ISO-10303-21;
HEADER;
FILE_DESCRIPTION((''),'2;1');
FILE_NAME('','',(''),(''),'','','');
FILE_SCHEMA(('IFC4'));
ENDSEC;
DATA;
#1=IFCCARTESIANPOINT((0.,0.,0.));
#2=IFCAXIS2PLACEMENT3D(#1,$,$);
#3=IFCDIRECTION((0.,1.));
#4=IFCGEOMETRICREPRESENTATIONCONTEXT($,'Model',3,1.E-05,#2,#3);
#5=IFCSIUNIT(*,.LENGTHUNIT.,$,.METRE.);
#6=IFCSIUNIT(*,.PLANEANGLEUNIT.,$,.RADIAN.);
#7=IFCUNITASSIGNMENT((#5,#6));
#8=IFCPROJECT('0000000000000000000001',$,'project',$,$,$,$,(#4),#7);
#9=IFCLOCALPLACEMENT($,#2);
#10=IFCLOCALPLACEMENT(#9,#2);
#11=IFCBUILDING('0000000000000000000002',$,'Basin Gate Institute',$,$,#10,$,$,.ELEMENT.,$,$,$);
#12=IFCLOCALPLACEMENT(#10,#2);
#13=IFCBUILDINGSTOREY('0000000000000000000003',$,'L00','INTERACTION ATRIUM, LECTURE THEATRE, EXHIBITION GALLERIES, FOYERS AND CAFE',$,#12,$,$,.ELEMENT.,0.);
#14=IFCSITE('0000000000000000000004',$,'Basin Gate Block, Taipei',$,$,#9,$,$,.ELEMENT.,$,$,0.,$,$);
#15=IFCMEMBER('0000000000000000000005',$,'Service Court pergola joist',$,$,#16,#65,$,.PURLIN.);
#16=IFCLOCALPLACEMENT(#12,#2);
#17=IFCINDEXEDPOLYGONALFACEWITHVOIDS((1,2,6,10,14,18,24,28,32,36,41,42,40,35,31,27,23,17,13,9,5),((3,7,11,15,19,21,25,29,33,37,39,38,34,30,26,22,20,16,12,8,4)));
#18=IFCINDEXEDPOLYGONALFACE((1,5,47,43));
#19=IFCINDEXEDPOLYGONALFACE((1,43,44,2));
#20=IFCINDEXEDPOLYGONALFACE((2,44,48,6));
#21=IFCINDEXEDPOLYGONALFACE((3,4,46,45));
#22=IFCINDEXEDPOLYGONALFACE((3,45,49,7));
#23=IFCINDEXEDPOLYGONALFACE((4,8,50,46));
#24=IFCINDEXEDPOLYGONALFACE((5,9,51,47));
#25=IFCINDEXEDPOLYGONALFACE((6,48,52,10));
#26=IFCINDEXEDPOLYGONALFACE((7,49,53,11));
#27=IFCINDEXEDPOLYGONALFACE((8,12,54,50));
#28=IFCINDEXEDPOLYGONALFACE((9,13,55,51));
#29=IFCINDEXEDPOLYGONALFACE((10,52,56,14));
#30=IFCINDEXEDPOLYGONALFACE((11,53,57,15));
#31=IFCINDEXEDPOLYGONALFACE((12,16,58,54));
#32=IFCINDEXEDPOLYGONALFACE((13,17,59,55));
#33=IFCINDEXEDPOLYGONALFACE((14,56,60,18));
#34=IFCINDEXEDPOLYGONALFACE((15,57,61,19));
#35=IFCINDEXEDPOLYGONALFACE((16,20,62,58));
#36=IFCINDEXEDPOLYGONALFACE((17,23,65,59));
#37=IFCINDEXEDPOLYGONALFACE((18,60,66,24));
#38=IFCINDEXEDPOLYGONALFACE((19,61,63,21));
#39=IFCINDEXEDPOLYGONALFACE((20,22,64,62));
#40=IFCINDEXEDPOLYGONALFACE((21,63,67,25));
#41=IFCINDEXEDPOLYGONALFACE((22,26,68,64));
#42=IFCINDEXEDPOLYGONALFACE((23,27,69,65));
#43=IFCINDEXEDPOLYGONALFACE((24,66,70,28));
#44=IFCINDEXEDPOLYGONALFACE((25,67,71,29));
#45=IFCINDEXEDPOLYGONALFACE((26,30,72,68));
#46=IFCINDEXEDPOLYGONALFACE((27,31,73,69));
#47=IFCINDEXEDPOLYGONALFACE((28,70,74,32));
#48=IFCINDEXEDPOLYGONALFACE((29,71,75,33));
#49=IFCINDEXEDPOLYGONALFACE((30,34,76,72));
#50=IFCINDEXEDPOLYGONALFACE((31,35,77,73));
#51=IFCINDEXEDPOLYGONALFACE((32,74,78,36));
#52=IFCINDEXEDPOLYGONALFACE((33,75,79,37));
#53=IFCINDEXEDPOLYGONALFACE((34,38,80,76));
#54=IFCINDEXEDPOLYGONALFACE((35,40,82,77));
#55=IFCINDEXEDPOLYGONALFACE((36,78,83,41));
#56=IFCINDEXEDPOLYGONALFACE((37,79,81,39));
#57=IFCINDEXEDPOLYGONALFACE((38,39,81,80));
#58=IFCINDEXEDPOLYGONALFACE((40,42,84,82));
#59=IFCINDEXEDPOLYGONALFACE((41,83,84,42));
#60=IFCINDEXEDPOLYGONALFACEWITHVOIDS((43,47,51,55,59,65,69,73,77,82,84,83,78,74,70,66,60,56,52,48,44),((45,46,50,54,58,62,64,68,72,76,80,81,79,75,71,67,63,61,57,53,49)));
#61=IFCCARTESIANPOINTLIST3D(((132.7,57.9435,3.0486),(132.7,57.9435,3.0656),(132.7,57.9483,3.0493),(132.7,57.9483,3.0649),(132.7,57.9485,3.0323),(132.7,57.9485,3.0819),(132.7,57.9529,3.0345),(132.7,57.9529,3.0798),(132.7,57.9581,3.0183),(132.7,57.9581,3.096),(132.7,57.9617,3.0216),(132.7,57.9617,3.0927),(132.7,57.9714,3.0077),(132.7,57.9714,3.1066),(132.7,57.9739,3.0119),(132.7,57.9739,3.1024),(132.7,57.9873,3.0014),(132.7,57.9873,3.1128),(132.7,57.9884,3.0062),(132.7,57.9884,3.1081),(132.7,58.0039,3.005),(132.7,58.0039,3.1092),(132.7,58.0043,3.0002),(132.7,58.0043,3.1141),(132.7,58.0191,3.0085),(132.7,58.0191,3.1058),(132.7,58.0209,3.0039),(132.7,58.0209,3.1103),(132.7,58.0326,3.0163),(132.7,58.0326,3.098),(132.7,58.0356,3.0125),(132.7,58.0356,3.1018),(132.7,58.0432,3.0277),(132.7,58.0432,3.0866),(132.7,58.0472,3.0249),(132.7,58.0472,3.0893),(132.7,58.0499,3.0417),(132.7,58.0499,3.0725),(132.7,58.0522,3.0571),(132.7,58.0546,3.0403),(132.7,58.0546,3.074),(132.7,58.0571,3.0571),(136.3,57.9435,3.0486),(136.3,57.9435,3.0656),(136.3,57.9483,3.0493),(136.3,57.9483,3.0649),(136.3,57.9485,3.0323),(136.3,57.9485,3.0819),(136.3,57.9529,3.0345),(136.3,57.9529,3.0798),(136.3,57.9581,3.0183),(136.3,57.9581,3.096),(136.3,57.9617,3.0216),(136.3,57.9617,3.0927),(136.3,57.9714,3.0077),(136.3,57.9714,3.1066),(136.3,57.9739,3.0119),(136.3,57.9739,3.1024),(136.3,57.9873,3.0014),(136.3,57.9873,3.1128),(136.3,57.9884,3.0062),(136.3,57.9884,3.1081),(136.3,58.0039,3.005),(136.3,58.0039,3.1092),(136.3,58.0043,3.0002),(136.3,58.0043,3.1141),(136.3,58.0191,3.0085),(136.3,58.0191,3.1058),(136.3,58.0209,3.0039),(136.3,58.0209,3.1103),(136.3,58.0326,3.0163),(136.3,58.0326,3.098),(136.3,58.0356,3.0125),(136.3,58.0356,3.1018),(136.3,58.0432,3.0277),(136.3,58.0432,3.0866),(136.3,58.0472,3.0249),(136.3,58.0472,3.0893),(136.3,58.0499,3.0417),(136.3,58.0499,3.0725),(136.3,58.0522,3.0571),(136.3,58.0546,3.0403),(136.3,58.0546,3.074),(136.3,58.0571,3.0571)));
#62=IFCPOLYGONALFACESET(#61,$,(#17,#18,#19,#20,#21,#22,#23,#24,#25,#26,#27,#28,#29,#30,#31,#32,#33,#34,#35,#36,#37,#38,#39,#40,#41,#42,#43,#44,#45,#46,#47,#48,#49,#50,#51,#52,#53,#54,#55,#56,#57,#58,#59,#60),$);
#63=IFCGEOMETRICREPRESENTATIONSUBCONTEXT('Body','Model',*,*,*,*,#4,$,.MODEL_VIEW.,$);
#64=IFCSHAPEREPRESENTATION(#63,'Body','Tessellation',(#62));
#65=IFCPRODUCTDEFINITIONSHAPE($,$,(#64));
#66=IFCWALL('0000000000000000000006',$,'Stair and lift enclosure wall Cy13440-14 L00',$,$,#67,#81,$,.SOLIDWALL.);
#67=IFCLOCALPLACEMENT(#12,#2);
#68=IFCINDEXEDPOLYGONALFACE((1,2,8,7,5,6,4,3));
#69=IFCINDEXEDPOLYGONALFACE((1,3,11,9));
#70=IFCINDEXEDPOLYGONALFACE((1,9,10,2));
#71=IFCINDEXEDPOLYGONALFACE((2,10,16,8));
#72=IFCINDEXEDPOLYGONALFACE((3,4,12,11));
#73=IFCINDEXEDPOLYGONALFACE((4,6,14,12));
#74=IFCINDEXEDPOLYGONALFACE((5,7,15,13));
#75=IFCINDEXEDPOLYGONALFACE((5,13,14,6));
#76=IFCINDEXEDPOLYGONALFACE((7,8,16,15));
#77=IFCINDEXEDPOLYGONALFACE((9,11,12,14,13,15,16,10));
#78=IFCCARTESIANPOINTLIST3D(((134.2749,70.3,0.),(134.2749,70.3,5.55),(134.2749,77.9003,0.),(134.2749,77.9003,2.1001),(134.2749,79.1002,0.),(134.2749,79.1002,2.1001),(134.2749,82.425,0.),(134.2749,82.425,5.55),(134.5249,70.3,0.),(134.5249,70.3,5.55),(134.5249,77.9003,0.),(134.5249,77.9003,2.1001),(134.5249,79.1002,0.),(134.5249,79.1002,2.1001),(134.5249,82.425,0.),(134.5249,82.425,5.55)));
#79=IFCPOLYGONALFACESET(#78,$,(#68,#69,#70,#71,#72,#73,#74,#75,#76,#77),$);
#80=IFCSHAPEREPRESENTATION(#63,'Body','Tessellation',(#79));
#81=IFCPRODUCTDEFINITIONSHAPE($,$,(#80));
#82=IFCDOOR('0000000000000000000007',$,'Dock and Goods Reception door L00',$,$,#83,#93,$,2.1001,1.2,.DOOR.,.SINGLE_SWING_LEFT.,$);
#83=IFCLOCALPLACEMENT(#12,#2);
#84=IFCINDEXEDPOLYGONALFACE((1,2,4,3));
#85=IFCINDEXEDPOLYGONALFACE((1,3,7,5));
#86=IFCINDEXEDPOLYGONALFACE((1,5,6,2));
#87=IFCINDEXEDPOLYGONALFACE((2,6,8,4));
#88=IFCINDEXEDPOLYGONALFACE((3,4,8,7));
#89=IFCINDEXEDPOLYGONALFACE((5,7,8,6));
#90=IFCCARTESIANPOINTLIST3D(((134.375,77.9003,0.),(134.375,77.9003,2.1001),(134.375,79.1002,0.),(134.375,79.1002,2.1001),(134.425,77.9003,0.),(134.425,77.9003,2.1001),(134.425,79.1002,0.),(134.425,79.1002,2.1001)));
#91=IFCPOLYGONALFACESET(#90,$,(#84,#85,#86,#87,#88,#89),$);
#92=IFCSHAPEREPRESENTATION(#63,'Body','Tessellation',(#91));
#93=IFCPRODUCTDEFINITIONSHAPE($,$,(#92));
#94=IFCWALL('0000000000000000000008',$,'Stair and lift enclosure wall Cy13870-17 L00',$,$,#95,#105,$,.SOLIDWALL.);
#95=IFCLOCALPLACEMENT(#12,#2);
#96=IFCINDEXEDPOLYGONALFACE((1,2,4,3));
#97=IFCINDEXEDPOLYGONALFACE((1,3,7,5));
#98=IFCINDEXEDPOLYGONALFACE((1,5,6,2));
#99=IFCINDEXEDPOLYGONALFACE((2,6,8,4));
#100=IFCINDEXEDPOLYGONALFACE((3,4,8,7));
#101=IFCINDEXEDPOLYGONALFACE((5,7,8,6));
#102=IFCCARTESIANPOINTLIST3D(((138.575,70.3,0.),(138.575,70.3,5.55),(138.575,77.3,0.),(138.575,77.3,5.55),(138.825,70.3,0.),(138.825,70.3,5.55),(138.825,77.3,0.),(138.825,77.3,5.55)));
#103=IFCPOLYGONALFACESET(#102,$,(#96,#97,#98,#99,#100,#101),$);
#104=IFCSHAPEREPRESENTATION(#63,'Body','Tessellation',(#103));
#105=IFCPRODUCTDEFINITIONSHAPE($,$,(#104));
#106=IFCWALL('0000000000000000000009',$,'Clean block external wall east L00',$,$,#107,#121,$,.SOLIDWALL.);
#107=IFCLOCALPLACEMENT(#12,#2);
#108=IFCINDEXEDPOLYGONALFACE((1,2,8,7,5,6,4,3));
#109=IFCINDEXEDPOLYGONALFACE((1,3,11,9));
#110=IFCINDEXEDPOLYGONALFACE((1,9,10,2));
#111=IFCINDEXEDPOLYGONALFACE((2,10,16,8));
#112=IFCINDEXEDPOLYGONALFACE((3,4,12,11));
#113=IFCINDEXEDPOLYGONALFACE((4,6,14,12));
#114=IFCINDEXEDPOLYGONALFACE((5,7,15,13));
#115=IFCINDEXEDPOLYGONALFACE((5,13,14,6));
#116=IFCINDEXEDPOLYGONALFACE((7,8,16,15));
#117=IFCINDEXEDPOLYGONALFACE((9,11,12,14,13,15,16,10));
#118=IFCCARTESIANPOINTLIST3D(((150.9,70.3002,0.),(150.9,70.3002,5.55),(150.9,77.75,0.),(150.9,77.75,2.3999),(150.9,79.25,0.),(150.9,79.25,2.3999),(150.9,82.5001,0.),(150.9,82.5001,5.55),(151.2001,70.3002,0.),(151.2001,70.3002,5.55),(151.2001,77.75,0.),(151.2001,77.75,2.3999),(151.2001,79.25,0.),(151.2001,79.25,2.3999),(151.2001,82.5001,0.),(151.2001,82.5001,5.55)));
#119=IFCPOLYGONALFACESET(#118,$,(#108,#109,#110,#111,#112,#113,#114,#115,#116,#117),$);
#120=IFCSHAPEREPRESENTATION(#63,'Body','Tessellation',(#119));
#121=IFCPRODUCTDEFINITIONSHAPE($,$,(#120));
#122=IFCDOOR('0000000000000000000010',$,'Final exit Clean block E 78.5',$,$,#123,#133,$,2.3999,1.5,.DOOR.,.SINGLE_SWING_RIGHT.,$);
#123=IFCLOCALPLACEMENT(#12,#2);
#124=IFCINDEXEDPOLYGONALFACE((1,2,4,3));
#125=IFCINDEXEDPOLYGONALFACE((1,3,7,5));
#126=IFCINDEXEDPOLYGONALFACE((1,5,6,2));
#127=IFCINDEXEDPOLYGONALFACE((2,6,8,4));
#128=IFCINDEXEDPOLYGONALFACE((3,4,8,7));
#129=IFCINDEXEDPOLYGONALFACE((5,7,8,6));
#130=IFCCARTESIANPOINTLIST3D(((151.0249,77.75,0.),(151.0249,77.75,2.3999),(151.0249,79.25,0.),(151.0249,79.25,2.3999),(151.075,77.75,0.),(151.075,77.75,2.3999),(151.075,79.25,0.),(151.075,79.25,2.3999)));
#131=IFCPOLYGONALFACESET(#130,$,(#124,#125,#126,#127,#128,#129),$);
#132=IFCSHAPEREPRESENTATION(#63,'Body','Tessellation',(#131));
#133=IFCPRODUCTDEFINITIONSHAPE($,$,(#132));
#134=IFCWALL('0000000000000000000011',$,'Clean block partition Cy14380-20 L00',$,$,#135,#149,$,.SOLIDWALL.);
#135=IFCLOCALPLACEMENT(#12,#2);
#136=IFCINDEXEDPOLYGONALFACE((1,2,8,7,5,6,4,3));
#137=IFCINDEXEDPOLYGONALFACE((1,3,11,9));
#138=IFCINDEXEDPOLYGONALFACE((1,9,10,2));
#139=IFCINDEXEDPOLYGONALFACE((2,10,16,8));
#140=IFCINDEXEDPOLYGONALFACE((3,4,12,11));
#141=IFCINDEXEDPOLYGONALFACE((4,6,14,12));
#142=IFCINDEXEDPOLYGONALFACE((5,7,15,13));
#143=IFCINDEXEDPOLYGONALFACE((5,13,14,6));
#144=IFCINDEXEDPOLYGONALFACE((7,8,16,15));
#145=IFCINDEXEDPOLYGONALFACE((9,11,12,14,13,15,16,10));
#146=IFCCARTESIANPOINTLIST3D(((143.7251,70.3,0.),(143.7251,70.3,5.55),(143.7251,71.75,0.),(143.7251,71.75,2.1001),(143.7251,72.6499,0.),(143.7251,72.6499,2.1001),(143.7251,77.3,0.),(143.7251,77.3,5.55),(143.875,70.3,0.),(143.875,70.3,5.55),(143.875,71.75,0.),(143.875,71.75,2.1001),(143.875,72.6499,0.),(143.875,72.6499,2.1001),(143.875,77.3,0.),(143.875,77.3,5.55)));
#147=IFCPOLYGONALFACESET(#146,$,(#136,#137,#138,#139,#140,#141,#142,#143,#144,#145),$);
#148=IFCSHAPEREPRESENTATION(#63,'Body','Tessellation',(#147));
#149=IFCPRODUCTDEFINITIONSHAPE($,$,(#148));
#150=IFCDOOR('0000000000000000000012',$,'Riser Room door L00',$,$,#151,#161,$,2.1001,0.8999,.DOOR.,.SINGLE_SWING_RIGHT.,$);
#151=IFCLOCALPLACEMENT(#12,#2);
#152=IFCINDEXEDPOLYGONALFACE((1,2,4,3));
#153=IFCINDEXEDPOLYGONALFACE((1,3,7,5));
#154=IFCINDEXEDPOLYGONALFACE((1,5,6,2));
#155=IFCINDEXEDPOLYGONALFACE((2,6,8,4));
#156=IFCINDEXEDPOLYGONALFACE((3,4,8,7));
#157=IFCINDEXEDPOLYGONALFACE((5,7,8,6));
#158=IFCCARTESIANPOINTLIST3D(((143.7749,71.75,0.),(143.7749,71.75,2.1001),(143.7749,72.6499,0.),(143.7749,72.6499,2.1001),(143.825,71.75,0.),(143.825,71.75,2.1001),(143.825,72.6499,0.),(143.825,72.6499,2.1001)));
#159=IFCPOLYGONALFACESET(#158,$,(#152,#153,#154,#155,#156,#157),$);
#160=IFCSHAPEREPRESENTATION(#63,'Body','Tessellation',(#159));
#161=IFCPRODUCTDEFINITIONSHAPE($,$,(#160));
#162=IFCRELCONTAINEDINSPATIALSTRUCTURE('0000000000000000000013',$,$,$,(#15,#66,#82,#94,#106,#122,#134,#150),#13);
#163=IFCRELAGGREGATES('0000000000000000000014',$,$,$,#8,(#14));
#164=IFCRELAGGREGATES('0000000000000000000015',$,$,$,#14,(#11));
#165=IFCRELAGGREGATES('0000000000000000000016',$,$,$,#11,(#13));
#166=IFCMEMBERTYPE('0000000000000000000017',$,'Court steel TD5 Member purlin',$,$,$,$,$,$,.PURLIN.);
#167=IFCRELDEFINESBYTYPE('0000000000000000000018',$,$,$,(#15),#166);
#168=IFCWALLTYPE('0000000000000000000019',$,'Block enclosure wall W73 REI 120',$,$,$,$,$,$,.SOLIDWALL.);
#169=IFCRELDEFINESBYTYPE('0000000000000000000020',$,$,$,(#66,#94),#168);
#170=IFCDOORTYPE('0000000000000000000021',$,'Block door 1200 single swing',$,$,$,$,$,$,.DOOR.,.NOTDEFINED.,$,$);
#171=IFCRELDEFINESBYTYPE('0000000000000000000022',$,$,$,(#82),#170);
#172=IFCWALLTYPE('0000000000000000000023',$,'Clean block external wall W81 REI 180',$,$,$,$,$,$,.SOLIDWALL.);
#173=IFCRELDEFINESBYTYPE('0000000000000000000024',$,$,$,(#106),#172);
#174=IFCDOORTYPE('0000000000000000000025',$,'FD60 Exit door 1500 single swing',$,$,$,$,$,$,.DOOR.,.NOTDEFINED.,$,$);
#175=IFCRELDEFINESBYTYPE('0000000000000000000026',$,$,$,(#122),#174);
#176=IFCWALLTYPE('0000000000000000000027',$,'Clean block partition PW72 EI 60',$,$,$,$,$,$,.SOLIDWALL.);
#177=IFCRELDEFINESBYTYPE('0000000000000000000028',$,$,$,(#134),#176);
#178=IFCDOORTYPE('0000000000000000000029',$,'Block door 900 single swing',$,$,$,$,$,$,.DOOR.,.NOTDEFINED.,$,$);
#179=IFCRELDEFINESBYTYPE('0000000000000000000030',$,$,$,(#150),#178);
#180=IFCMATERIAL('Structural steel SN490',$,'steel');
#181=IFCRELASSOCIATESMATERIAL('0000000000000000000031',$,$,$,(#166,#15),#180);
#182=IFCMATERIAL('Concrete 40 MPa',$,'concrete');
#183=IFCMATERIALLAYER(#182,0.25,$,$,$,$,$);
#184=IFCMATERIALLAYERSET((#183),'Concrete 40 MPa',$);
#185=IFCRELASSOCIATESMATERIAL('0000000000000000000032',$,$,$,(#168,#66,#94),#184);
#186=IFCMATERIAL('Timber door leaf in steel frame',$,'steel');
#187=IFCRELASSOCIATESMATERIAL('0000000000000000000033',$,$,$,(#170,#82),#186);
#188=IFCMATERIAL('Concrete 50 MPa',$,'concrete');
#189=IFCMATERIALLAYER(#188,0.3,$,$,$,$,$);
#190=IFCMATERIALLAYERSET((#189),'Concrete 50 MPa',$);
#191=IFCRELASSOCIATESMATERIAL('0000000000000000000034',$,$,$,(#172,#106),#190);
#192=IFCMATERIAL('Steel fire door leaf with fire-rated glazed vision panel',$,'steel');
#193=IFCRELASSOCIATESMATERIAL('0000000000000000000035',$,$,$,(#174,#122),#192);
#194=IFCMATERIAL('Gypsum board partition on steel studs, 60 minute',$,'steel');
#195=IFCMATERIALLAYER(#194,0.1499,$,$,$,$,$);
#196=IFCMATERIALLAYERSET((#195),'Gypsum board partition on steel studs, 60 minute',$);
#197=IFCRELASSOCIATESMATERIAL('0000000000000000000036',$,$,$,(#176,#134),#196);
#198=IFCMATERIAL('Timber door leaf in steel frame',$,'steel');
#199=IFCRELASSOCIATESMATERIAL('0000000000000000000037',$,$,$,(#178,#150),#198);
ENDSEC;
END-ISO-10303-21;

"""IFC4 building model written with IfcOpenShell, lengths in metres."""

from ifc_helpers import new_model, si_unit, direction, frame, frame_2d, origin, origin_2d, place, context, subcontext, project, spatial, rectangle, hollow_circle, extrude, material, layer, layer_set, material_profile, profile_set, type_object, element, fill, save


model = new_model("IFC4")

# Units and contexts
model_context = context("Model", 3, precision=1e-05, world=origin(), true_north=direction((0.0, 1.0)))
body_context = subcontext(model_context, "Body", "Model", "MODEL_VIEW")
ifc_project = project(units=[si_unit("LENGTHUNIT", "METRE"), si_unit("PLANEANGLEUNIT", "RADIAN")], contexts=[model_context])

# Site, building, storey
site_placement = place(None, origin())
site = spatial("IfcSite", under=ifc_project, at=site_placement, Name="Basin Gate Block, Taipei", CompositionType="ELEMENT", RefElevation=0.0)
building_placement = place(site_placement, origin())
building = spatial("IfcBuilding", under=site, at=building_placement, Name="Basin Gate Institute", CompositionType="ELEMENT")
storey_placement = place(building_placement, origin())
storey = spatial("IfcBuildingStorey", under=building, at=storey_placement, Name="L00", Description="INTERACTION ATRIUM, LECTURE THEATRE, EXHIBITION GALLERIES, FOYERS AND CAFE", CompositionType="ELEMENT", Elevation=0.0)

# Member
ifc_material_1 = material(Name="Structural steel SN490", Category="steel")
ifc_material_profile_1 = material_profile(ifc_material_1, hollow_circle(Radius=0.0571, WallThickness=0.0049, at=origin_2d()), Name="CHS114x5")
ifc_profile_set_1 = profile_set([ifc_material_profile_1], Name="Structural steel SN490")
member_type = type_object("IfcMemberType", Name="Court steel TD5 Member purlin", PredefinedType="PURLIN", material=ifc_profile_set_1)
for number, where, z_axis, x_axis, name in (
    (1, (132.7, 58.0, 3.0571), (1.0, 0.0, 0.0), (0.0, 1.0, 0.0), "Service Court pergola joist"),
):
    element("IfcMember", number, at=place(storey_placement, frame(where, z_axis=z_axis, x_axis=x_axis)), inside=storey, type_object=member_type, material=ifc_profile_set_1, Name=name, PredefinedType="PURLIN", context=body_context, shape_type="SweptSolid", body=[
        extrude(hollow_circle(Radius=0.0571, WallThickness=0.0049, at=origin_2d()), origin(), (0.0, 0.0, 1.0), 3.6001),
    ])

# Wall, opening, door
ifc_material_2 = material(Name="Concrete 40 MPa", Category="concrete")
ifc_layer_1 = layer(ifc_material_2, 0.25)
ifc_layer_set_1 = layer_set([ifc_layer_1], Name="Concrete 40 MPa")
wall_type_1 = type_object("IfcWallType", Name="Block enclosure wall W73 REI 120", PredefinedType="SOLIDWALL", material=ifc_layer_set_1)
wall_1_placement = place(storey_placement, frame((134.3999, 70.3, 0.0), z_axis=(0.0, 0.0, 1.0), x_axis=(0.0, 1.0, 0.0)))
wall_1 = element("IfcWall", 2, at=wall_1_placement, inside=storey, type_object=wall_type_1, material=ifc_layer_set_1, Name="Stair and lift enclosure wall Cy13440-14 L00", PredefinedType="SOLIDWALL", context=body_context, shape_type="SweptSolid", body=[
    extrude(rectangle(XDim=12.125, YDim=0.25, at=frame_2d((6.0625, 0.0))), origin(), (0.0, 0.0, 1.0), 5.55),
])
opening_1_placement = place(wall_1_placement, frame((7.6001, 0.0, 0.0)))
opening_1 = element("IfcOpeningElement", 3, at=opening_1_placement, cuts=wall_1, PredefinedType="OPENING", context=body_context, shape_type="SweptSolid", body=[
    extrude(rectangle(XDim=1.2, YDim=2.1001, at=frame_2d((0.6001, 1.05))), frame((0.0, 0.135, 0.0), z_axis=(0.0, -1.0, 0.0), x_axis=(1.0, 0.0, 0.0)), (0.0, 0.0, 1.0), 0.27),
])
ifc_material_3 = material(Name="Timber door leaf in steel frame", Category="steel")
door_type_1 = type_object("IfcDoorType", Name="Block door 1200 single swing", OperationType="NOTDEFINED", PredefinedType="DOOR", material=ifc_material_3)
door_1_placement = place(opening_1_placement, origin())
door_1 = element("IfcDoor", 4, at=door_1_placement, inside=storey, type_object=door_type_1, material=ifc_material_3, Name="Dock and Goods Reception door L00", OperationType="SINGLE_SWING_LEFT", OverallHeight=2.1001, OverallWidth=1.2, PredefinedType="DOOR", context=body_context, shape_type="SweptSolid", body=[
    extrude(rectangle(XDim=1.2, YDim=2.1001, at=frame_2d((0.6001, 1.05))), frame((0.0, 0.0249, 0.0), z_axis=(0.0, -1.0, 0.0), x_axis=(1.0, 0.0, 0.0)), (0.0, 0.0, 1.0), 0.05),
])
fill(opening_1, door_1)

# Wall
wall_2_placement = place(storey_placement, frame((138.7, 70.3, 0.0), z_axis=(0.0, 0.0, 1.0), x_axis=(0.0, 1.0, 0.0)))
element("IfcWall", 5, at=wall_2_placement, inside=storey, type_object=wall_type_1, material=ifc_layer_set_1, Name="Stair and lift enclosure wall Cy13870-17 L00", PredefinedType="SOLIDWALL", context=body_context, shape_type="SweptSolid", body=[
    extrude(rectangle(XDim=7.0, YDim=0.25, at=frame_2d((3.5, 0.0))), origin(), (0.0, 0.0, 1.0), 5.55),
])

# Walls, openings, doors
ifc_material_4 = material(Name="Concrete 50 MPa", Category="concrete")
ifc_layer_2 = layer(ifc_material_4, 0.3)
ifc_layer_set_2 = layer_set([ifc_layer_2], Name="Concrete 50 MPa")
wall_type_2 = type_object("IfcWallType", Name="Clean block external wall W81 REI 180", PredefinedType="SOLIDWALL", material=ifc_layer_set_2)
wall_3_placement = place(storey_placement, frame((151.05, 70.3, 0.0), z_axis=(0.0, 0.0, 1.0), x_axis=(0.0, 1.0, 0.0)))
wall_3 = element("IfcWall", 6, at=wall_3_placement, inside=storey, type_object=wall_type_2, material=ifc_layer_set_2, Name="Clean block external wall east L00", PredefinedType="SOLIDWALL", context=body_context, shape_type="SweptSolid", body=[
    extrude(rectangle(XDim=12.2, YDim=0.3, at=frame_2d((6.1001, 0.0))), origin(), (0.0, 0.0, 1.0), 5.55),
])
opening_2_placement = place(wall_3_placement, frame((7.45, 0.0, 0.0)))
opening_2 = element("IfcOpeningElement", 7, at=opening_2_placement, cuts=wall_3, PredefinedType="OPENING", context=body_context, shape_type="SweptSolid", body=[
    extrude(rectangle(XDim=1.5, YDim=2.3999, at=frame_2d((0.75, 1.2))), frame((0.0, 0.1602, 0.0), z_axis=(0.0, -1.0, 0.0), x_axis=(1.0, 0.0, 0.0)), (0.0, 0.0, 1.0), 0.3201),
])
ifc_material_5 = material(Name="Steel fire door leaf with fire-rated glazed vision panel", Category="steel")
door_type_2 = type_object("IfcDoorType", Name="FD60 Exit door 1500 single swing", OperationType="NOTDEFINED", PredefinedType="DOOR", material=ifc_material_5)
door_2_placement = place(opening_2_placement, frame((1.5, 0.0, 0.0), z_axis=(0.0, 0.0, 1.0), x_axis=(-1.0, 0.0, 0.0)))
door_2 = element("IfcDoor", 8, at=door_2_placement, inside=storey, type_object=door_type_2, material=ifc_material_5, Name="Final exit Clean block E 78.5", OperationType="SINGLE_SWING_RIGHT", OverallHeight=2.3999, OverallWidth=1.5, PredefinedType="DOOR", context=body_context, shape_type="SweptSolid", body=[
    extrude(rectangle(XDim=1.5, YDim=2.3999, at=frame_2d((0.75, 1.2))), frame((0.0, 0.0249, 0.0), z_axis=(0.0, -1.0, 0.0), x_axis=(1.0, 0.0, 0.0)), (0.0, 0.0, 1.0), 0.05),
])
fill(opening_2, door_2)
ifc_material_6 = material(Name="Gypsum board partition on steel studs, 60 minute", Category="steel")
ifc_layer_3 = layer(ifc_material_6, 0.1499)
ifc_layer_set_3 = layer_set([ifc_layer_3], Name="Gypsum board partition on steel studs, 60 minute")
wall_type_3 = type_object("IfcWallType", Name="Clean block partition PW72 EI 60", PredefinedType="SOLIDWALL", material=ifc_layer_set_3)
wall_4_placement = place(storey_placement, frame((143.8, 70.3, 0.0), z_axis=(0.0, 0.0, 1.0), x_axis=(0.0, 1.0, 0.0)))
wall_4 = element("IfcWall", 9, at=wall_4_placement, inside=storey, type_object=wall_type_3, material=ifc_layer_set_3, Name="Clean block partition Cy14380-20 L00", PredefinedType="SOLIDWALL", context=body_context, shape_type="SweptSolid", body=[
    extrude(rectangle(XDim=7.0, YDim=0.1499, at=frame_2d((3.5, 0.0))), origin(), (0.0, 0.0, 1.0), 5.55),
])
opening_3_placement = place(wall_4_placement, frame((1.45, 0.0, 0.0)))
opening_3 = element("IfcOpeningElement", 10, at=opening_3_placement, cuts=wall_4, PredefinedType="OPENING", context=body_context, shape_type="SweptSolid", body=[
    extrude(rectangle(XDim=0.8999, YDim=2.1001, at=frame_2d((0.45, 1.05))), frame((0.0, 0.085, 0.0), z_axis=(0.0, -1.0, 0.0), x_axis=(1.0, 0.0, 0.0)), (0.0, 0.0, 1.0), 0.1699),
])
ifc_material_7 = material(Name="Timber door leaf in steel frame", Category="steel")
door_type_3 = type_object("IfcDoorType", Name="Block door 900 single swing", OperationType="NOTDEFINED", PredefinedType="DOOR", material=ifc_material_7)
door_3_placement = place(opening_3_placement, frame((0.8999, 0.0, 0.0), z_axis=(0.0, 0.0, 1.0), x_axis=(-1.0, 0.0, 0.0)))
door_3 = element("IfcDoor", 11, at=door_3_placement, inside=storey, type_object=door_type_3, material=ifc_material_7, Name="Riser Room door L00", OperationType="SINGLE_SWING_RIGHT", OverallHeight=2.1001, OverallWidth=0.8999, PredefinedType="DOOR", context=body_context, shape_type="SweptSolid", body=[
    extrude(rectangle(XDim=0.8999, YDim=2.1001, at=frame_2d((0.45, 1.05))), frame((0.0, 0.0249, 0.0), z_axis=(0.0, -1.0, 0.0), x_axis=(1.0, 0.0, 0.0)), (0.0, 0.0, 1.0), 0.05),
])
fill(opening_3, door_3)

save(model, "model.ifc")
